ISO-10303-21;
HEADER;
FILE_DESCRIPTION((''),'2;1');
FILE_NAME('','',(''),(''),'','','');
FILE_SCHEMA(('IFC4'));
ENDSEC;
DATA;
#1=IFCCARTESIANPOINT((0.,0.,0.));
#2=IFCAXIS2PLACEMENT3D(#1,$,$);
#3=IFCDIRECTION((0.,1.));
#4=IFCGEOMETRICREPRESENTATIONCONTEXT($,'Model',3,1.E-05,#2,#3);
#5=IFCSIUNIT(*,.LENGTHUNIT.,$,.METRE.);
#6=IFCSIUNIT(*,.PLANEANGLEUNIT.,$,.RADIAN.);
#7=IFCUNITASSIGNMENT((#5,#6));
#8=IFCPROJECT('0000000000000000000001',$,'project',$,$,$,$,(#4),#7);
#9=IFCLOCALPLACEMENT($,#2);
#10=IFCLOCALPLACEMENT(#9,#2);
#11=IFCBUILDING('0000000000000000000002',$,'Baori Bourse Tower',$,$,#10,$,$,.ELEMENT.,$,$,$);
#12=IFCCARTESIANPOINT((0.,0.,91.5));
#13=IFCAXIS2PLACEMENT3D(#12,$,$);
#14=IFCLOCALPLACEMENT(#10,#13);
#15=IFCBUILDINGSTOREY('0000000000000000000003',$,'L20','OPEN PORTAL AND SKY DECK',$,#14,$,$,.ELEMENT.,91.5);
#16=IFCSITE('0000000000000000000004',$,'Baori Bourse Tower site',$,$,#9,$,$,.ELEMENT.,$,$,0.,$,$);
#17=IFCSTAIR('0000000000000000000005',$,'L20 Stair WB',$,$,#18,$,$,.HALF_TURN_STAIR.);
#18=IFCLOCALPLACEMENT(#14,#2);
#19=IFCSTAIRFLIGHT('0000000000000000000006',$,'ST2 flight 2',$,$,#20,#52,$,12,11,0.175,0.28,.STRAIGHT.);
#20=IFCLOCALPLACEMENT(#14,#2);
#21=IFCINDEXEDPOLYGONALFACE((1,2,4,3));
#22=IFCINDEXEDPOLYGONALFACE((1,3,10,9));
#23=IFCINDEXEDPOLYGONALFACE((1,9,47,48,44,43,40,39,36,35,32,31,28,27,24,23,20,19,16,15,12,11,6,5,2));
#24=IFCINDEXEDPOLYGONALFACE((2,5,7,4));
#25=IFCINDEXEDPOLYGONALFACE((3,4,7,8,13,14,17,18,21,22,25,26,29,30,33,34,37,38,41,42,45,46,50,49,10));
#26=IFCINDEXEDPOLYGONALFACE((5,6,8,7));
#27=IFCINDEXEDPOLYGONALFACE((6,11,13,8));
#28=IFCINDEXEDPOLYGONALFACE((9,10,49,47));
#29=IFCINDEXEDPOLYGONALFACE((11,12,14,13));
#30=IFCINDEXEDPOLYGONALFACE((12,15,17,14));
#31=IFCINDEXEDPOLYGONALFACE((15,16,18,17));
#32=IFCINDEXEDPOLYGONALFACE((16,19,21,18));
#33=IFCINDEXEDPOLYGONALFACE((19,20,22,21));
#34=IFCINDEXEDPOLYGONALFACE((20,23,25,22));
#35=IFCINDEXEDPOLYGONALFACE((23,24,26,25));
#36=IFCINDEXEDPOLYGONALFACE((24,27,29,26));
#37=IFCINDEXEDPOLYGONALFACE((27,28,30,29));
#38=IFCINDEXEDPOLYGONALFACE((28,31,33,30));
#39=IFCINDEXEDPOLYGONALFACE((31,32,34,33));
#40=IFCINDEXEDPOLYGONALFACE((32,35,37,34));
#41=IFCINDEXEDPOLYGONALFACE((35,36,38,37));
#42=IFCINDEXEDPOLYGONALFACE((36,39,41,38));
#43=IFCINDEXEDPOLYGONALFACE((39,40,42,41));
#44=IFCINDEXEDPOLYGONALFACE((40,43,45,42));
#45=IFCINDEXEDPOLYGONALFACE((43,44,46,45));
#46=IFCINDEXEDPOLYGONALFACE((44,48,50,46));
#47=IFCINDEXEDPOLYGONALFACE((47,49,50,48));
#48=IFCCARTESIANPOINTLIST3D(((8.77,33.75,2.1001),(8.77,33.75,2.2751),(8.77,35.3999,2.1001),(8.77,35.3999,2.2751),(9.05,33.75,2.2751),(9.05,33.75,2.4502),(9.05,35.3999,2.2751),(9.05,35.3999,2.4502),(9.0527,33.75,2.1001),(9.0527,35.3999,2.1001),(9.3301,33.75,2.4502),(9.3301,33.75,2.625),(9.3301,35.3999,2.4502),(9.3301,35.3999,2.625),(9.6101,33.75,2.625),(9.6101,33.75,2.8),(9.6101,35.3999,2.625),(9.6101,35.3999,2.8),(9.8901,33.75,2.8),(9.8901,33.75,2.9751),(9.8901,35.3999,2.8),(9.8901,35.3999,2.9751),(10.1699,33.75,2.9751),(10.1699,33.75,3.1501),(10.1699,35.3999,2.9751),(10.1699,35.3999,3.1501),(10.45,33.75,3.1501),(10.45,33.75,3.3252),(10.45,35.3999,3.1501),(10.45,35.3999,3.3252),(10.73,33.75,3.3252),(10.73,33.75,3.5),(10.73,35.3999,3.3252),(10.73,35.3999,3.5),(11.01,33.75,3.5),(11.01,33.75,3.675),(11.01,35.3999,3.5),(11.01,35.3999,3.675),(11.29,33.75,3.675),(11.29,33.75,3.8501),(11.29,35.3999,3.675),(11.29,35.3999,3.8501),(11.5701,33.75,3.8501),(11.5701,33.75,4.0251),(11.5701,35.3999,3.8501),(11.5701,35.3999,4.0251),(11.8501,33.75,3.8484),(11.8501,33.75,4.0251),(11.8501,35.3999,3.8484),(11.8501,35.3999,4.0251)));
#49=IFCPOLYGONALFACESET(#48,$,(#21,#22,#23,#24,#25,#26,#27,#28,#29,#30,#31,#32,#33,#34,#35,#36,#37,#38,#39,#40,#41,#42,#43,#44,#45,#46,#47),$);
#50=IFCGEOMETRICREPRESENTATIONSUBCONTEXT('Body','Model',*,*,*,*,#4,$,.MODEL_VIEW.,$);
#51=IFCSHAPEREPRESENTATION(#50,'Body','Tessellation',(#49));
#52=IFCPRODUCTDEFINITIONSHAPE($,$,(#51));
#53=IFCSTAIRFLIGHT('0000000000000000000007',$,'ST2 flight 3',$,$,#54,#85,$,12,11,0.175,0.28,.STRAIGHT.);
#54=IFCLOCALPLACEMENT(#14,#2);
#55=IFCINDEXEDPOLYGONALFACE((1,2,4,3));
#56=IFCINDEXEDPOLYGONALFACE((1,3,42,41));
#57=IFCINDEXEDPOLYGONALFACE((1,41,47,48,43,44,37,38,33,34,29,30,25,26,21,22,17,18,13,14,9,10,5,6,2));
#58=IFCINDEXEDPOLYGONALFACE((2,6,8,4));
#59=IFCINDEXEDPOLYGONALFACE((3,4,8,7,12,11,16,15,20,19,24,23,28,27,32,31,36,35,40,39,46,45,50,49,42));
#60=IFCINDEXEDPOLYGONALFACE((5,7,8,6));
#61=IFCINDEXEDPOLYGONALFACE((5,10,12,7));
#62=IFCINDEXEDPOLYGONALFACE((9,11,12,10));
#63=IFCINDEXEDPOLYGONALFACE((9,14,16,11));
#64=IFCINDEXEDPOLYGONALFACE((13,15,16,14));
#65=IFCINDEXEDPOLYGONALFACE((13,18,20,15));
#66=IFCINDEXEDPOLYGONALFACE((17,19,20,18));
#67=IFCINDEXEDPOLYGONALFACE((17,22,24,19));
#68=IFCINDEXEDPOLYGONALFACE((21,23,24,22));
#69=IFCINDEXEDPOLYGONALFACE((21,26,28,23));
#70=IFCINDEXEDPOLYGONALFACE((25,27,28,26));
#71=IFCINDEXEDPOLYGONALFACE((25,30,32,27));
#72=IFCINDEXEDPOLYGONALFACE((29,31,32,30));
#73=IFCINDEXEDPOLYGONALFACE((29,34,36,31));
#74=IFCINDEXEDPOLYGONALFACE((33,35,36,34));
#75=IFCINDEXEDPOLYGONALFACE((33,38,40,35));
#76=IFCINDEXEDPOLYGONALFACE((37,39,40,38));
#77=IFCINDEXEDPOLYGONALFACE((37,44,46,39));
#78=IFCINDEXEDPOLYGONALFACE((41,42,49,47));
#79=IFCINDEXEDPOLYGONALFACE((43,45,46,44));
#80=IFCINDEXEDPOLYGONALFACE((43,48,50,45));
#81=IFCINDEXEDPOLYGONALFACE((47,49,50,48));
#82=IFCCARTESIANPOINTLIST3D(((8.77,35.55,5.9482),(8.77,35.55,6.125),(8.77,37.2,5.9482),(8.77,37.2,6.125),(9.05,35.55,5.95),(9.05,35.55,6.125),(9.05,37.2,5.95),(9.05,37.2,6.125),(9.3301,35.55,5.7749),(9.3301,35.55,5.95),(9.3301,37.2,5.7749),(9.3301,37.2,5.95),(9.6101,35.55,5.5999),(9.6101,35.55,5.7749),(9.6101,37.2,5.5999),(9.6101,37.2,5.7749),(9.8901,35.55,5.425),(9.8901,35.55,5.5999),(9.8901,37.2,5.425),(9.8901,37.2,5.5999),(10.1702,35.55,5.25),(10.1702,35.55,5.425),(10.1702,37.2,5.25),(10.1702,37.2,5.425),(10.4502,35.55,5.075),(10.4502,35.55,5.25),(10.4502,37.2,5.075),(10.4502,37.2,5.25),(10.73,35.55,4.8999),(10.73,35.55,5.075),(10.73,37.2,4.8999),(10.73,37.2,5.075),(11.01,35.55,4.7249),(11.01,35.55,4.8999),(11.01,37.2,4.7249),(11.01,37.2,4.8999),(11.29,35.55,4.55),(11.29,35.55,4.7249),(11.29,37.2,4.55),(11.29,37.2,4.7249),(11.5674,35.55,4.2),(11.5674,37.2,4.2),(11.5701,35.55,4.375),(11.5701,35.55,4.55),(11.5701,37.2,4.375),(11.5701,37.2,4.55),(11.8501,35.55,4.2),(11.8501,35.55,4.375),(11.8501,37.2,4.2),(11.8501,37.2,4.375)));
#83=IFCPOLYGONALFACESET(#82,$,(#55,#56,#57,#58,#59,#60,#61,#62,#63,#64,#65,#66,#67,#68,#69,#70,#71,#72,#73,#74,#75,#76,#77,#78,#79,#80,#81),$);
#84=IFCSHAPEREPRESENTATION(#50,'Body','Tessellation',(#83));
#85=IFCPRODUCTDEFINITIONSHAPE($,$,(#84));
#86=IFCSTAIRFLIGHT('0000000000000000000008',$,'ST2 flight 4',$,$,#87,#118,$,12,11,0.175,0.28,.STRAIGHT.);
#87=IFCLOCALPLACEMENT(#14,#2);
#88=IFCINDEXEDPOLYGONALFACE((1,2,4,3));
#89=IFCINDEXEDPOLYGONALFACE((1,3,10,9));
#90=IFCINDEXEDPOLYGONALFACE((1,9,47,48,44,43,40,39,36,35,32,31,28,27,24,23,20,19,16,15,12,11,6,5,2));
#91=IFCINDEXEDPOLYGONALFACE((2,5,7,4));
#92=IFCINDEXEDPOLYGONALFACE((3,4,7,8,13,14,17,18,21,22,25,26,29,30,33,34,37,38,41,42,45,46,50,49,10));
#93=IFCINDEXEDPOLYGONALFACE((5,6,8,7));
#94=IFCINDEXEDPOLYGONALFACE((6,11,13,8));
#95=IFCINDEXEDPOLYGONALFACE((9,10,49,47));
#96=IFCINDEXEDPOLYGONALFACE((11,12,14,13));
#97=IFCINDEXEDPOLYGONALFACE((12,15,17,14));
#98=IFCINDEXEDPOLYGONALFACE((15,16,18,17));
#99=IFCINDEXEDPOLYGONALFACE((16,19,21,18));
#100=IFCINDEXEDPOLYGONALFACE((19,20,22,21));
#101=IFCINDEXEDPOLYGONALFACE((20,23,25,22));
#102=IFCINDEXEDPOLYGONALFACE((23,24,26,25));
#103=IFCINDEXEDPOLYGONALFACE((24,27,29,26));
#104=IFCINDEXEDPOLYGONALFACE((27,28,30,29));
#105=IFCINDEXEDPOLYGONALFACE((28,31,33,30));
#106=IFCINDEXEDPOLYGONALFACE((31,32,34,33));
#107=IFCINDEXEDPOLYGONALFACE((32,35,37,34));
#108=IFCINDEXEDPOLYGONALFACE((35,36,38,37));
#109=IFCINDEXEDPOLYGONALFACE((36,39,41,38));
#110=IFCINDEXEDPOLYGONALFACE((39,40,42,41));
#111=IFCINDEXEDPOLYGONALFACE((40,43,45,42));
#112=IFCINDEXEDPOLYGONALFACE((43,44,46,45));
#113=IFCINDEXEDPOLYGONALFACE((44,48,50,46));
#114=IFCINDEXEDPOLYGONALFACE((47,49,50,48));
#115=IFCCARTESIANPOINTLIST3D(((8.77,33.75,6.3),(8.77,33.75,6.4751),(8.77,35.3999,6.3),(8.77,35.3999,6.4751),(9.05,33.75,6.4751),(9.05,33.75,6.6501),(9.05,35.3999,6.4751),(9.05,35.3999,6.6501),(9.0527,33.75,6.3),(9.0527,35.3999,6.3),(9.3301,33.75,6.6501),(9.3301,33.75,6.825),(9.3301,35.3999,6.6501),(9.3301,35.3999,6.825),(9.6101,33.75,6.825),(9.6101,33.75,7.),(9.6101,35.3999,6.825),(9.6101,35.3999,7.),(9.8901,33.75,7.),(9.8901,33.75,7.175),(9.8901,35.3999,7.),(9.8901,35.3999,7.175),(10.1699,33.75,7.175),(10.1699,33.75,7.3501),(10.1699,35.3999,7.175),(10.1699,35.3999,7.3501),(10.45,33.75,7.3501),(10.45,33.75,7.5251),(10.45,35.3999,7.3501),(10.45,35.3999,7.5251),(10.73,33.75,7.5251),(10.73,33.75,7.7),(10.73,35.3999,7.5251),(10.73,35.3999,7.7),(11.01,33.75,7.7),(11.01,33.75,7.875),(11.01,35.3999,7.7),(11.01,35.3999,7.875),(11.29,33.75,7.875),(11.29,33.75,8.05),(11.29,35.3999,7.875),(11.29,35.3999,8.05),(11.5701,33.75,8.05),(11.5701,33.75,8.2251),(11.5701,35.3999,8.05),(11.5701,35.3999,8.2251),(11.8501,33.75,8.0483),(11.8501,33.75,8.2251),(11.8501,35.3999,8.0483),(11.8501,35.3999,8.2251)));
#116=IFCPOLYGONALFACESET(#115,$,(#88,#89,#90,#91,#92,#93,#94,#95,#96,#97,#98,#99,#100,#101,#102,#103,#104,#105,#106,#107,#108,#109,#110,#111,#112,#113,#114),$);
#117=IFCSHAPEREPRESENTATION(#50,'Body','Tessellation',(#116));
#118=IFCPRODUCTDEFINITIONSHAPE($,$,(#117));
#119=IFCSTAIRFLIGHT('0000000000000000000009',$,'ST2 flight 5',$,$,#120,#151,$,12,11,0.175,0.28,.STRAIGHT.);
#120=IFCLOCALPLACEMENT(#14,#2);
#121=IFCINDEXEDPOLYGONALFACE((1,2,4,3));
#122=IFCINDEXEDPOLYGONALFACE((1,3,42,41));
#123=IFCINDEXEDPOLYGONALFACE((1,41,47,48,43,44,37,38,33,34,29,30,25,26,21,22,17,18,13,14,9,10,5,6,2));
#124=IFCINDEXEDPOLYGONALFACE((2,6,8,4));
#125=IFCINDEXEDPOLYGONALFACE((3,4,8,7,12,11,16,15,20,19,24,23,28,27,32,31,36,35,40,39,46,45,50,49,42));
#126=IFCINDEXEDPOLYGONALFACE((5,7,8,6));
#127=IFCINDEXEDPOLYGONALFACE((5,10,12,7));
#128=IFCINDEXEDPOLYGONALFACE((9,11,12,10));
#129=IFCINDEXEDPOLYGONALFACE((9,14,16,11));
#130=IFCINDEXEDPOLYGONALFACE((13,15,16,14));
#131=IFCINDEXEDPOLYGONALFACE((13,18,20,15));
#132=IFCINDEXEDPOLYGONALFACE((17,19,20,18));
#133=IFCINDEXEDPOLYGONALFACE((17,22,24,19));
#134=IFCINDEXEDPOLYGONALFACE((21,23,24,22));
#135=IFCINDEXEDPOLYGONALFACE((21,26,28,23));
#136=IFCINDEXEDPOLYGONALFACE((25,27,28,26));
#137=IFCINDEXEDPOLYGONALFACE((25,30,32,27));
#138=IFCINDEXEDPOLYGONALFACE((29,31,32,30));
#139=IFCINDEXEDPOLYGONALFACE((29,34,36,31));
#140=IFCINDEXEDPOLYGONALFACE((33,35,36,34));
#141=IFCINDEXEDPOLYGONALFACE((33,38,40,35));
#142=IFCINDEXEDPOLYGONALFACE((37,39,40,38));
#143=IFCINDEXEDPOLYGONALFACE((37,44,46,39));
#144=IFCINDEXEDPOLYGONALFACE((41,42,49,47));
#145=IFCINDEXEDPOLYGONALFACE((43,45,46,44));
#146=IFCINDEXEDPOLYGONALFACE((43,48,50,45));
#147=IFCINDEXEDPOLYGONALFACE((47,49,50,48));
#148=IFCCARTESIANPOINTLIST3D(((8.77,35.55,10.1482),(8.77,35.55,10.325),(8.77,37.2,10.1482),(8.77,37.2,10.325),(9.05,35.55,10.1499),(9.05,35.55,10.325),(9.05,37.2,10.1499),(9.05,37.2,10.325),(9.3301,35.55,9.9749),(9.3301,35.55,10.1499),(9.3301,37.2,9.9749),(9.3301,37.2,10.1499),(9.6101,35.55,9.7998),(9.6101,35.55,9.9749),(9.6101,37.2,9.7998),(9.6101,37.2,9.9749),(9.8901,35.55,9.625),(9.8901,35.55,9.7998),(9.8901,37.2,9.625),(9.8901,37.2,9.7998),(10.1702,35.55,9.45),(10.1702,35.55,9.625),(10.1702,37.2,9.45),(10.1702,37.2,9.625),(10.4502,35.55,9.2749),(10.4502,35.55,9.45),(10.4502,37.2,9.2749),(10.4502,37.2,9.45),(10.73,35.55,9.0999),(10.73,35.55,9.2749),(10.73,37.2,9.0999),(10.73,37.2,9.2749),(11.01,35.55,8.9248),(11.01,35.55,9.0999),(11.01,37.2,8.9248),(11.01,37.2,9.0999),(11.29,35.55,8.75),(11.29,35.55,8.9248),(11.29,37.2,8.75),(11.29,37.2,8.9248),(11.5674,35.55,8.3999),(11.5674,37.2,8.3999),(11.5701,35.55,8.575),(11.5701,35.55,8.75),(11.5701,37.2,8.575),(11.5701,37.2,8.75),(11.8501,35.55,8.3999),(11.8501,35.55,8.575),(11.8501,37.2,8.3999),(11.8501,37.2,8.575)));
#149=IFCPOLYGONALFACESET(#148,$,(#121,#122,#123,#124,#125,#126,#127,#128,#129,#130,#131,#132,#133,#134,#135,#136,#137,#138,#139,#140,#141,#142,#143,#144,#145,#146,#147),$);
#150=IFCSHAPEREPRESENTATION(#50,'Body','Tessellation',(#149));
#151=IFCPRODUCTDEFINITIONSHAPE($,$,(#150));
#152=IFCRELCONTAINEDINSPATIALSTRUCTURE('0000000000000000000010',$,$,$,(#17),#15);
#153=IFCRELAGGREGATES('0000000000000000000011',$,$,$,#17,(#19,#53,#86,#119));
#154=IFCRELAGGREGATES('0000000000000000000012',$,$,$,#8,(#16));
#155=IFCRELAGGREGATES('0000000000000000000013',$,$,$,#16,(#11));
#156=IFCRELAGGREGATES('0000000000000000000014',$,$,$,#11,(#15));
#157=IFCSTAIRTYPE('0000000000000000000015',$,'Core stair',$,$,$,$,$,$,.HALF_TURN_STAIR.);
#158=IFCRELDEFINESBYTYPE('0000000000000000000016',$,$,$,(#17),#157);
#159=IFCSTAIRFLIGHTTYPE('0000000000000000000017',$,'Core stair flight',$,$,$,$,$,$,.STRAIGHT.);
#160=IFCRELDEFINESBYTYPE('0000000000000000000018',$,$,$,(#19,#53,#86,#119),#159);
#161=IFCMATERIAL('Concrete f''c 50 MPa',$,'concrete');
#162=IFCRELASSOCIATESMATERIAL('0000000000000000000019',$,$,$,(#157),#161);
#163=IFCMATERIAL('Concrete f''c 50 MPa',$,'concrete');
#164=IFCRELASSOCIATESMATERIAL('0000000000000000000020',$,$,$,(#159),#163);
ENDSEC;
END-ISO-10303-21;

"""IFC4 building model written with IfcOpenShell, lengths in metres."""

from ifc_helpers import new_model, si_unit, direction, frame, origin, place, context, subcontext, project, spatial, polyline, outline, extrude, material, type_object, element, aggregate, save


model = new_model("IFC4")

# Units and contexts
model_context = context("Model", 3, precision=1e-05, world=origin(), true_north=direction((0.0, 1.0)))
body_context = subcontext(model_context, "Body", "Model", "MODEL_VIEW")
ifc_project = project(units=[si_unit("LENGTHUNIT", "METRE"), si_unit("PLANEANGLEUNIT", "RADIAN")], contexts=[model_context])

# Site, building, storey
site_placement = place(None, origin())
site = spatial("IfcSite", under=ifc_project, at=site_placement, Name="Baori Bourse Tower site", CompositionType="ELEMENT", RefElevation=0.0)
building_placement = place(site_placement, origin())
building = spatial("IfcBuilding", under=site, at=building_placement, Name="Baori Bourse Tower", CompositionType="ELEMENT")
storey_placement = place(building_placement, frame((0.0, 0.0, 91.5)))
storey = spatial("IfcBuildingStorey", under=building, at=storey_placement, Name="L20", Description="OPEN PORTAL AND SKY DECK", CompositionType="ELEMENT", Elevation=91.5)

# Stair, stair flights
ifc_material_1 = material(Name="Concrete f'c 50 MPa", Category="concrete")
stair_type = type_object("IfcStairType", Name="Core stair", PredefinedType="HALF_TURN_STAIR", material=ifc_material_1)
stair_placement = place(storey_placement, origin())
stair = element("IfcStair", 1, at=stair_placement, inside=storey, type_object=stair_type, Name="L20 Stair WB", PredefinedType="HALF_TURN_STAIR")
ifc_material_2 = material(Name="Concrete f'c 50 MPa", Category="concrete")
stair_flight_type = type_object("IfcStairFlightType", Name="Core stair flight", PredefinedType="STRAIGHT", material=ifc_material_2)
stair_flight_1_placement = place(storey_placement, frame((8.77, 34.575, 2.1001), z_axis=(0.0, 0.0, 1.0), x_axis=(1.0, 0.0, 0.0)))
stair_flight_1 = element("IfcStairFlight", 2, at=stair_flight_1_placement, type_object=stair_flight_type, Name="ST2 flight 2", NumberOfRisers=12, NumberOfTreads=11, PredefinedType="STRAIGHT", RiserHeight=0.175, TreadLength=0.28, context=body_context, shape_type="SweptSolid", body=[
    extrude(outline(polyline([(0.0, 0.0), (0.0, 0.175), (0.28, 0.175), (0.28, 0.3501), (0.5601, 0.3501), (0.5601, 0.5249), (0.8401, 0.5249), (0.8401, 0.7), (1.1201, 0.7), (1.1201, 0.875), (1.3999, 0.875), (1.3999, 1.05), (1.6799, 1.05), (1.6799, 1.2251), (1.96, 1.2251), (1.96, 1.3999), (2.24, 1.3999), (2.24, 1.575), (2.52, 1.575), (2.52, 1.75), (2.8, 1.75), (2.8, 1.925), (3.0801, 1.925), (3.0801, 2.1001), (3.0801, 1.7483), (0.2827, 0.0), (0.0, 0.0)])), frame((0.0, 0.825, 0.0), z_axis=(0.0, -1.0, 0.0), x_axis=(1.0, 0.0, 0.0)), (0.0, 0.0, 1.0), 1.6499),
])
stair_flight_2_placement = place(storey_placement, frame((11.8501, 36.375, 4.2), z_axis=(0.0, 0.0, 1.0), x_axis=(-1.0, 0.0, 0.0)))
stair_flight_2 = element("IfcStairFlight", 3, at=stair_flight_2_placement, type_object=stair_flight_type, Name="ST2 flight 3", NumberOfRisers=12, NumberOfTreads=11, PredefinedType="STRAIGHT", RiserHeight=0.175, TreadLength=0.28, context=body_context, shape_type="SweptSolid", body=[
    extrude(outline(polyline([(0.0, 0.0), (0.0, 0.175), (0.28, 0.175), (0.28, 0.3501), (0.5601, 0.3501), (0.5601, 0.5249), (0.8401, 0.5249), (0.8401, 0.7), (1.1201, 0.7), (1.1201, 0.875), (1.3999, 0.875), (1.3999, 1.05), (1.6799, 1.05), (1.6799, 1.2251), (1.96, 1.2251), (1.96, 1.3999), (2.24, 1.3999), (2.24, 1.575), (2.52, 1.575), (2.52, 1.75), (2.8, 1.75), (2.8, 1.925), (3.0801, 1.925), (3.0801, 2.1001), (3.0801, 1.7483), (0.2827, 0.0), (0.0, 0.0)])), frame((0.0, 0.825, 0.0), z_axis=(0.0, -1.0, 0.0), x_axis=(1.0, 0.0, 0.0)), (0.0, 0.0, 1.0), 1.6499),
])
stair_flight_3_placement = place(storey_placement, frame((8.77, 34.575, 6.3), z_axis=(0.0, 0.0, 1.0), x_axis=(1.0, 0.0, 0.0)))
stair_flight_3 = element("IfcStairFlight", 4, at=stair_flight_3_placement, type_object=stair_flight_type, Name="ST2 flight 4", NumberOfRisers=12, NumberOfTreads=11, PredefinedType="STRAIGHT", RiserHeight=0.175, TreadLength=0.28, context=body_context, shape_type="SweptSolid", body=[
    extrude(outline(polyline([(0.0, 0.0), (0.0, 0.175), (0.28, 0.175), (0.28, 0.3501), (0.5601, 0.3501), (0.5601, 0.5249), (0.8401, 0.5249), (0.8401, 0.7), (1.1201, 0.7), (1.1201, 0.875), (1.3999, 0.875), (1.3999, 1.05), (1.6799, 1.05), (1.6799, 1.2251), (1.96, 1.2251), (1.96, 1.3999), (2.24, 1.3999), (2.24, 1.575), (2.52, 1.575), (2.52, 1.75), (2.8, 1.75), (2.8, 1.925), (3.0801, 1.925), (3.0801, 2.1001), (3.0801, 1.7483), (0.2827, 0.0), (0.0, 0.0)])), frame((0.0, 0.825, 0.0), z_axis=(0.0, -1.0, 0.0), x_axis=(1.0, 0.0, 0.0)), (0.0, 0.0, 1.0), 1.6499),
])
stair_flight_4_placement = place(storey_placement, frame((11.8501, 36.375, 8.3999), z_axis=(0.0, 0.0, 1.0), x_axis=(-1.0, 0.0, 0.0)))
stair_flight_4 = element("IfcStairFlight", 5, at=stair_flight_4_placement, type_object=stair_flight_type, Name="ST2 flight 5", NumberOfRisers=12, NumberOfTreads=11, PredefinedType="STRAIGHT", RiserHeight=0.175, TreadLength=0.28, context=body_context, shape_type="SweptSolid", body=[
    extrude(outline(polyline([(0.0, 0.0), (0.0, 0.175), (0.28, 0.175), (0.28, 0.3501), (0.5601, 0.3501), (0.5601, 0.5249), (0.8401, 0.5249), (0.8401, 0.7), (1.1201, 0.7), (1.1201, 0.875), (1.3999, 0.875), (1.3999, 1.05), (1.6799, 1.05), (1.6799, 1.2251), (1.96, 1.2251), (1.96, 1.3999), (2.24, 1.3999), (2.24, 1.575), (2.52, 1.575), (2.52, 1.75), (2.8, 1.75), (2.8, 1.925), (3.0801, 1.925), (3.0801, 2.1001), (3.0801, 1.7483), (0.2827, 0.0), (0.0, 0.0)])), frame((0.0, 0.825, 0.0), z_axis=(0.0, -1.0, 0.0), x_axis=(1.0, 0.0, 0.0)), (0.0, 0.0, 1.0), 1.6499),
])
aggregate(stair, [stair_flight_1, stair_flight_2, stair_flight_3, stair_flight_4])

save(model, "model.ifc")
